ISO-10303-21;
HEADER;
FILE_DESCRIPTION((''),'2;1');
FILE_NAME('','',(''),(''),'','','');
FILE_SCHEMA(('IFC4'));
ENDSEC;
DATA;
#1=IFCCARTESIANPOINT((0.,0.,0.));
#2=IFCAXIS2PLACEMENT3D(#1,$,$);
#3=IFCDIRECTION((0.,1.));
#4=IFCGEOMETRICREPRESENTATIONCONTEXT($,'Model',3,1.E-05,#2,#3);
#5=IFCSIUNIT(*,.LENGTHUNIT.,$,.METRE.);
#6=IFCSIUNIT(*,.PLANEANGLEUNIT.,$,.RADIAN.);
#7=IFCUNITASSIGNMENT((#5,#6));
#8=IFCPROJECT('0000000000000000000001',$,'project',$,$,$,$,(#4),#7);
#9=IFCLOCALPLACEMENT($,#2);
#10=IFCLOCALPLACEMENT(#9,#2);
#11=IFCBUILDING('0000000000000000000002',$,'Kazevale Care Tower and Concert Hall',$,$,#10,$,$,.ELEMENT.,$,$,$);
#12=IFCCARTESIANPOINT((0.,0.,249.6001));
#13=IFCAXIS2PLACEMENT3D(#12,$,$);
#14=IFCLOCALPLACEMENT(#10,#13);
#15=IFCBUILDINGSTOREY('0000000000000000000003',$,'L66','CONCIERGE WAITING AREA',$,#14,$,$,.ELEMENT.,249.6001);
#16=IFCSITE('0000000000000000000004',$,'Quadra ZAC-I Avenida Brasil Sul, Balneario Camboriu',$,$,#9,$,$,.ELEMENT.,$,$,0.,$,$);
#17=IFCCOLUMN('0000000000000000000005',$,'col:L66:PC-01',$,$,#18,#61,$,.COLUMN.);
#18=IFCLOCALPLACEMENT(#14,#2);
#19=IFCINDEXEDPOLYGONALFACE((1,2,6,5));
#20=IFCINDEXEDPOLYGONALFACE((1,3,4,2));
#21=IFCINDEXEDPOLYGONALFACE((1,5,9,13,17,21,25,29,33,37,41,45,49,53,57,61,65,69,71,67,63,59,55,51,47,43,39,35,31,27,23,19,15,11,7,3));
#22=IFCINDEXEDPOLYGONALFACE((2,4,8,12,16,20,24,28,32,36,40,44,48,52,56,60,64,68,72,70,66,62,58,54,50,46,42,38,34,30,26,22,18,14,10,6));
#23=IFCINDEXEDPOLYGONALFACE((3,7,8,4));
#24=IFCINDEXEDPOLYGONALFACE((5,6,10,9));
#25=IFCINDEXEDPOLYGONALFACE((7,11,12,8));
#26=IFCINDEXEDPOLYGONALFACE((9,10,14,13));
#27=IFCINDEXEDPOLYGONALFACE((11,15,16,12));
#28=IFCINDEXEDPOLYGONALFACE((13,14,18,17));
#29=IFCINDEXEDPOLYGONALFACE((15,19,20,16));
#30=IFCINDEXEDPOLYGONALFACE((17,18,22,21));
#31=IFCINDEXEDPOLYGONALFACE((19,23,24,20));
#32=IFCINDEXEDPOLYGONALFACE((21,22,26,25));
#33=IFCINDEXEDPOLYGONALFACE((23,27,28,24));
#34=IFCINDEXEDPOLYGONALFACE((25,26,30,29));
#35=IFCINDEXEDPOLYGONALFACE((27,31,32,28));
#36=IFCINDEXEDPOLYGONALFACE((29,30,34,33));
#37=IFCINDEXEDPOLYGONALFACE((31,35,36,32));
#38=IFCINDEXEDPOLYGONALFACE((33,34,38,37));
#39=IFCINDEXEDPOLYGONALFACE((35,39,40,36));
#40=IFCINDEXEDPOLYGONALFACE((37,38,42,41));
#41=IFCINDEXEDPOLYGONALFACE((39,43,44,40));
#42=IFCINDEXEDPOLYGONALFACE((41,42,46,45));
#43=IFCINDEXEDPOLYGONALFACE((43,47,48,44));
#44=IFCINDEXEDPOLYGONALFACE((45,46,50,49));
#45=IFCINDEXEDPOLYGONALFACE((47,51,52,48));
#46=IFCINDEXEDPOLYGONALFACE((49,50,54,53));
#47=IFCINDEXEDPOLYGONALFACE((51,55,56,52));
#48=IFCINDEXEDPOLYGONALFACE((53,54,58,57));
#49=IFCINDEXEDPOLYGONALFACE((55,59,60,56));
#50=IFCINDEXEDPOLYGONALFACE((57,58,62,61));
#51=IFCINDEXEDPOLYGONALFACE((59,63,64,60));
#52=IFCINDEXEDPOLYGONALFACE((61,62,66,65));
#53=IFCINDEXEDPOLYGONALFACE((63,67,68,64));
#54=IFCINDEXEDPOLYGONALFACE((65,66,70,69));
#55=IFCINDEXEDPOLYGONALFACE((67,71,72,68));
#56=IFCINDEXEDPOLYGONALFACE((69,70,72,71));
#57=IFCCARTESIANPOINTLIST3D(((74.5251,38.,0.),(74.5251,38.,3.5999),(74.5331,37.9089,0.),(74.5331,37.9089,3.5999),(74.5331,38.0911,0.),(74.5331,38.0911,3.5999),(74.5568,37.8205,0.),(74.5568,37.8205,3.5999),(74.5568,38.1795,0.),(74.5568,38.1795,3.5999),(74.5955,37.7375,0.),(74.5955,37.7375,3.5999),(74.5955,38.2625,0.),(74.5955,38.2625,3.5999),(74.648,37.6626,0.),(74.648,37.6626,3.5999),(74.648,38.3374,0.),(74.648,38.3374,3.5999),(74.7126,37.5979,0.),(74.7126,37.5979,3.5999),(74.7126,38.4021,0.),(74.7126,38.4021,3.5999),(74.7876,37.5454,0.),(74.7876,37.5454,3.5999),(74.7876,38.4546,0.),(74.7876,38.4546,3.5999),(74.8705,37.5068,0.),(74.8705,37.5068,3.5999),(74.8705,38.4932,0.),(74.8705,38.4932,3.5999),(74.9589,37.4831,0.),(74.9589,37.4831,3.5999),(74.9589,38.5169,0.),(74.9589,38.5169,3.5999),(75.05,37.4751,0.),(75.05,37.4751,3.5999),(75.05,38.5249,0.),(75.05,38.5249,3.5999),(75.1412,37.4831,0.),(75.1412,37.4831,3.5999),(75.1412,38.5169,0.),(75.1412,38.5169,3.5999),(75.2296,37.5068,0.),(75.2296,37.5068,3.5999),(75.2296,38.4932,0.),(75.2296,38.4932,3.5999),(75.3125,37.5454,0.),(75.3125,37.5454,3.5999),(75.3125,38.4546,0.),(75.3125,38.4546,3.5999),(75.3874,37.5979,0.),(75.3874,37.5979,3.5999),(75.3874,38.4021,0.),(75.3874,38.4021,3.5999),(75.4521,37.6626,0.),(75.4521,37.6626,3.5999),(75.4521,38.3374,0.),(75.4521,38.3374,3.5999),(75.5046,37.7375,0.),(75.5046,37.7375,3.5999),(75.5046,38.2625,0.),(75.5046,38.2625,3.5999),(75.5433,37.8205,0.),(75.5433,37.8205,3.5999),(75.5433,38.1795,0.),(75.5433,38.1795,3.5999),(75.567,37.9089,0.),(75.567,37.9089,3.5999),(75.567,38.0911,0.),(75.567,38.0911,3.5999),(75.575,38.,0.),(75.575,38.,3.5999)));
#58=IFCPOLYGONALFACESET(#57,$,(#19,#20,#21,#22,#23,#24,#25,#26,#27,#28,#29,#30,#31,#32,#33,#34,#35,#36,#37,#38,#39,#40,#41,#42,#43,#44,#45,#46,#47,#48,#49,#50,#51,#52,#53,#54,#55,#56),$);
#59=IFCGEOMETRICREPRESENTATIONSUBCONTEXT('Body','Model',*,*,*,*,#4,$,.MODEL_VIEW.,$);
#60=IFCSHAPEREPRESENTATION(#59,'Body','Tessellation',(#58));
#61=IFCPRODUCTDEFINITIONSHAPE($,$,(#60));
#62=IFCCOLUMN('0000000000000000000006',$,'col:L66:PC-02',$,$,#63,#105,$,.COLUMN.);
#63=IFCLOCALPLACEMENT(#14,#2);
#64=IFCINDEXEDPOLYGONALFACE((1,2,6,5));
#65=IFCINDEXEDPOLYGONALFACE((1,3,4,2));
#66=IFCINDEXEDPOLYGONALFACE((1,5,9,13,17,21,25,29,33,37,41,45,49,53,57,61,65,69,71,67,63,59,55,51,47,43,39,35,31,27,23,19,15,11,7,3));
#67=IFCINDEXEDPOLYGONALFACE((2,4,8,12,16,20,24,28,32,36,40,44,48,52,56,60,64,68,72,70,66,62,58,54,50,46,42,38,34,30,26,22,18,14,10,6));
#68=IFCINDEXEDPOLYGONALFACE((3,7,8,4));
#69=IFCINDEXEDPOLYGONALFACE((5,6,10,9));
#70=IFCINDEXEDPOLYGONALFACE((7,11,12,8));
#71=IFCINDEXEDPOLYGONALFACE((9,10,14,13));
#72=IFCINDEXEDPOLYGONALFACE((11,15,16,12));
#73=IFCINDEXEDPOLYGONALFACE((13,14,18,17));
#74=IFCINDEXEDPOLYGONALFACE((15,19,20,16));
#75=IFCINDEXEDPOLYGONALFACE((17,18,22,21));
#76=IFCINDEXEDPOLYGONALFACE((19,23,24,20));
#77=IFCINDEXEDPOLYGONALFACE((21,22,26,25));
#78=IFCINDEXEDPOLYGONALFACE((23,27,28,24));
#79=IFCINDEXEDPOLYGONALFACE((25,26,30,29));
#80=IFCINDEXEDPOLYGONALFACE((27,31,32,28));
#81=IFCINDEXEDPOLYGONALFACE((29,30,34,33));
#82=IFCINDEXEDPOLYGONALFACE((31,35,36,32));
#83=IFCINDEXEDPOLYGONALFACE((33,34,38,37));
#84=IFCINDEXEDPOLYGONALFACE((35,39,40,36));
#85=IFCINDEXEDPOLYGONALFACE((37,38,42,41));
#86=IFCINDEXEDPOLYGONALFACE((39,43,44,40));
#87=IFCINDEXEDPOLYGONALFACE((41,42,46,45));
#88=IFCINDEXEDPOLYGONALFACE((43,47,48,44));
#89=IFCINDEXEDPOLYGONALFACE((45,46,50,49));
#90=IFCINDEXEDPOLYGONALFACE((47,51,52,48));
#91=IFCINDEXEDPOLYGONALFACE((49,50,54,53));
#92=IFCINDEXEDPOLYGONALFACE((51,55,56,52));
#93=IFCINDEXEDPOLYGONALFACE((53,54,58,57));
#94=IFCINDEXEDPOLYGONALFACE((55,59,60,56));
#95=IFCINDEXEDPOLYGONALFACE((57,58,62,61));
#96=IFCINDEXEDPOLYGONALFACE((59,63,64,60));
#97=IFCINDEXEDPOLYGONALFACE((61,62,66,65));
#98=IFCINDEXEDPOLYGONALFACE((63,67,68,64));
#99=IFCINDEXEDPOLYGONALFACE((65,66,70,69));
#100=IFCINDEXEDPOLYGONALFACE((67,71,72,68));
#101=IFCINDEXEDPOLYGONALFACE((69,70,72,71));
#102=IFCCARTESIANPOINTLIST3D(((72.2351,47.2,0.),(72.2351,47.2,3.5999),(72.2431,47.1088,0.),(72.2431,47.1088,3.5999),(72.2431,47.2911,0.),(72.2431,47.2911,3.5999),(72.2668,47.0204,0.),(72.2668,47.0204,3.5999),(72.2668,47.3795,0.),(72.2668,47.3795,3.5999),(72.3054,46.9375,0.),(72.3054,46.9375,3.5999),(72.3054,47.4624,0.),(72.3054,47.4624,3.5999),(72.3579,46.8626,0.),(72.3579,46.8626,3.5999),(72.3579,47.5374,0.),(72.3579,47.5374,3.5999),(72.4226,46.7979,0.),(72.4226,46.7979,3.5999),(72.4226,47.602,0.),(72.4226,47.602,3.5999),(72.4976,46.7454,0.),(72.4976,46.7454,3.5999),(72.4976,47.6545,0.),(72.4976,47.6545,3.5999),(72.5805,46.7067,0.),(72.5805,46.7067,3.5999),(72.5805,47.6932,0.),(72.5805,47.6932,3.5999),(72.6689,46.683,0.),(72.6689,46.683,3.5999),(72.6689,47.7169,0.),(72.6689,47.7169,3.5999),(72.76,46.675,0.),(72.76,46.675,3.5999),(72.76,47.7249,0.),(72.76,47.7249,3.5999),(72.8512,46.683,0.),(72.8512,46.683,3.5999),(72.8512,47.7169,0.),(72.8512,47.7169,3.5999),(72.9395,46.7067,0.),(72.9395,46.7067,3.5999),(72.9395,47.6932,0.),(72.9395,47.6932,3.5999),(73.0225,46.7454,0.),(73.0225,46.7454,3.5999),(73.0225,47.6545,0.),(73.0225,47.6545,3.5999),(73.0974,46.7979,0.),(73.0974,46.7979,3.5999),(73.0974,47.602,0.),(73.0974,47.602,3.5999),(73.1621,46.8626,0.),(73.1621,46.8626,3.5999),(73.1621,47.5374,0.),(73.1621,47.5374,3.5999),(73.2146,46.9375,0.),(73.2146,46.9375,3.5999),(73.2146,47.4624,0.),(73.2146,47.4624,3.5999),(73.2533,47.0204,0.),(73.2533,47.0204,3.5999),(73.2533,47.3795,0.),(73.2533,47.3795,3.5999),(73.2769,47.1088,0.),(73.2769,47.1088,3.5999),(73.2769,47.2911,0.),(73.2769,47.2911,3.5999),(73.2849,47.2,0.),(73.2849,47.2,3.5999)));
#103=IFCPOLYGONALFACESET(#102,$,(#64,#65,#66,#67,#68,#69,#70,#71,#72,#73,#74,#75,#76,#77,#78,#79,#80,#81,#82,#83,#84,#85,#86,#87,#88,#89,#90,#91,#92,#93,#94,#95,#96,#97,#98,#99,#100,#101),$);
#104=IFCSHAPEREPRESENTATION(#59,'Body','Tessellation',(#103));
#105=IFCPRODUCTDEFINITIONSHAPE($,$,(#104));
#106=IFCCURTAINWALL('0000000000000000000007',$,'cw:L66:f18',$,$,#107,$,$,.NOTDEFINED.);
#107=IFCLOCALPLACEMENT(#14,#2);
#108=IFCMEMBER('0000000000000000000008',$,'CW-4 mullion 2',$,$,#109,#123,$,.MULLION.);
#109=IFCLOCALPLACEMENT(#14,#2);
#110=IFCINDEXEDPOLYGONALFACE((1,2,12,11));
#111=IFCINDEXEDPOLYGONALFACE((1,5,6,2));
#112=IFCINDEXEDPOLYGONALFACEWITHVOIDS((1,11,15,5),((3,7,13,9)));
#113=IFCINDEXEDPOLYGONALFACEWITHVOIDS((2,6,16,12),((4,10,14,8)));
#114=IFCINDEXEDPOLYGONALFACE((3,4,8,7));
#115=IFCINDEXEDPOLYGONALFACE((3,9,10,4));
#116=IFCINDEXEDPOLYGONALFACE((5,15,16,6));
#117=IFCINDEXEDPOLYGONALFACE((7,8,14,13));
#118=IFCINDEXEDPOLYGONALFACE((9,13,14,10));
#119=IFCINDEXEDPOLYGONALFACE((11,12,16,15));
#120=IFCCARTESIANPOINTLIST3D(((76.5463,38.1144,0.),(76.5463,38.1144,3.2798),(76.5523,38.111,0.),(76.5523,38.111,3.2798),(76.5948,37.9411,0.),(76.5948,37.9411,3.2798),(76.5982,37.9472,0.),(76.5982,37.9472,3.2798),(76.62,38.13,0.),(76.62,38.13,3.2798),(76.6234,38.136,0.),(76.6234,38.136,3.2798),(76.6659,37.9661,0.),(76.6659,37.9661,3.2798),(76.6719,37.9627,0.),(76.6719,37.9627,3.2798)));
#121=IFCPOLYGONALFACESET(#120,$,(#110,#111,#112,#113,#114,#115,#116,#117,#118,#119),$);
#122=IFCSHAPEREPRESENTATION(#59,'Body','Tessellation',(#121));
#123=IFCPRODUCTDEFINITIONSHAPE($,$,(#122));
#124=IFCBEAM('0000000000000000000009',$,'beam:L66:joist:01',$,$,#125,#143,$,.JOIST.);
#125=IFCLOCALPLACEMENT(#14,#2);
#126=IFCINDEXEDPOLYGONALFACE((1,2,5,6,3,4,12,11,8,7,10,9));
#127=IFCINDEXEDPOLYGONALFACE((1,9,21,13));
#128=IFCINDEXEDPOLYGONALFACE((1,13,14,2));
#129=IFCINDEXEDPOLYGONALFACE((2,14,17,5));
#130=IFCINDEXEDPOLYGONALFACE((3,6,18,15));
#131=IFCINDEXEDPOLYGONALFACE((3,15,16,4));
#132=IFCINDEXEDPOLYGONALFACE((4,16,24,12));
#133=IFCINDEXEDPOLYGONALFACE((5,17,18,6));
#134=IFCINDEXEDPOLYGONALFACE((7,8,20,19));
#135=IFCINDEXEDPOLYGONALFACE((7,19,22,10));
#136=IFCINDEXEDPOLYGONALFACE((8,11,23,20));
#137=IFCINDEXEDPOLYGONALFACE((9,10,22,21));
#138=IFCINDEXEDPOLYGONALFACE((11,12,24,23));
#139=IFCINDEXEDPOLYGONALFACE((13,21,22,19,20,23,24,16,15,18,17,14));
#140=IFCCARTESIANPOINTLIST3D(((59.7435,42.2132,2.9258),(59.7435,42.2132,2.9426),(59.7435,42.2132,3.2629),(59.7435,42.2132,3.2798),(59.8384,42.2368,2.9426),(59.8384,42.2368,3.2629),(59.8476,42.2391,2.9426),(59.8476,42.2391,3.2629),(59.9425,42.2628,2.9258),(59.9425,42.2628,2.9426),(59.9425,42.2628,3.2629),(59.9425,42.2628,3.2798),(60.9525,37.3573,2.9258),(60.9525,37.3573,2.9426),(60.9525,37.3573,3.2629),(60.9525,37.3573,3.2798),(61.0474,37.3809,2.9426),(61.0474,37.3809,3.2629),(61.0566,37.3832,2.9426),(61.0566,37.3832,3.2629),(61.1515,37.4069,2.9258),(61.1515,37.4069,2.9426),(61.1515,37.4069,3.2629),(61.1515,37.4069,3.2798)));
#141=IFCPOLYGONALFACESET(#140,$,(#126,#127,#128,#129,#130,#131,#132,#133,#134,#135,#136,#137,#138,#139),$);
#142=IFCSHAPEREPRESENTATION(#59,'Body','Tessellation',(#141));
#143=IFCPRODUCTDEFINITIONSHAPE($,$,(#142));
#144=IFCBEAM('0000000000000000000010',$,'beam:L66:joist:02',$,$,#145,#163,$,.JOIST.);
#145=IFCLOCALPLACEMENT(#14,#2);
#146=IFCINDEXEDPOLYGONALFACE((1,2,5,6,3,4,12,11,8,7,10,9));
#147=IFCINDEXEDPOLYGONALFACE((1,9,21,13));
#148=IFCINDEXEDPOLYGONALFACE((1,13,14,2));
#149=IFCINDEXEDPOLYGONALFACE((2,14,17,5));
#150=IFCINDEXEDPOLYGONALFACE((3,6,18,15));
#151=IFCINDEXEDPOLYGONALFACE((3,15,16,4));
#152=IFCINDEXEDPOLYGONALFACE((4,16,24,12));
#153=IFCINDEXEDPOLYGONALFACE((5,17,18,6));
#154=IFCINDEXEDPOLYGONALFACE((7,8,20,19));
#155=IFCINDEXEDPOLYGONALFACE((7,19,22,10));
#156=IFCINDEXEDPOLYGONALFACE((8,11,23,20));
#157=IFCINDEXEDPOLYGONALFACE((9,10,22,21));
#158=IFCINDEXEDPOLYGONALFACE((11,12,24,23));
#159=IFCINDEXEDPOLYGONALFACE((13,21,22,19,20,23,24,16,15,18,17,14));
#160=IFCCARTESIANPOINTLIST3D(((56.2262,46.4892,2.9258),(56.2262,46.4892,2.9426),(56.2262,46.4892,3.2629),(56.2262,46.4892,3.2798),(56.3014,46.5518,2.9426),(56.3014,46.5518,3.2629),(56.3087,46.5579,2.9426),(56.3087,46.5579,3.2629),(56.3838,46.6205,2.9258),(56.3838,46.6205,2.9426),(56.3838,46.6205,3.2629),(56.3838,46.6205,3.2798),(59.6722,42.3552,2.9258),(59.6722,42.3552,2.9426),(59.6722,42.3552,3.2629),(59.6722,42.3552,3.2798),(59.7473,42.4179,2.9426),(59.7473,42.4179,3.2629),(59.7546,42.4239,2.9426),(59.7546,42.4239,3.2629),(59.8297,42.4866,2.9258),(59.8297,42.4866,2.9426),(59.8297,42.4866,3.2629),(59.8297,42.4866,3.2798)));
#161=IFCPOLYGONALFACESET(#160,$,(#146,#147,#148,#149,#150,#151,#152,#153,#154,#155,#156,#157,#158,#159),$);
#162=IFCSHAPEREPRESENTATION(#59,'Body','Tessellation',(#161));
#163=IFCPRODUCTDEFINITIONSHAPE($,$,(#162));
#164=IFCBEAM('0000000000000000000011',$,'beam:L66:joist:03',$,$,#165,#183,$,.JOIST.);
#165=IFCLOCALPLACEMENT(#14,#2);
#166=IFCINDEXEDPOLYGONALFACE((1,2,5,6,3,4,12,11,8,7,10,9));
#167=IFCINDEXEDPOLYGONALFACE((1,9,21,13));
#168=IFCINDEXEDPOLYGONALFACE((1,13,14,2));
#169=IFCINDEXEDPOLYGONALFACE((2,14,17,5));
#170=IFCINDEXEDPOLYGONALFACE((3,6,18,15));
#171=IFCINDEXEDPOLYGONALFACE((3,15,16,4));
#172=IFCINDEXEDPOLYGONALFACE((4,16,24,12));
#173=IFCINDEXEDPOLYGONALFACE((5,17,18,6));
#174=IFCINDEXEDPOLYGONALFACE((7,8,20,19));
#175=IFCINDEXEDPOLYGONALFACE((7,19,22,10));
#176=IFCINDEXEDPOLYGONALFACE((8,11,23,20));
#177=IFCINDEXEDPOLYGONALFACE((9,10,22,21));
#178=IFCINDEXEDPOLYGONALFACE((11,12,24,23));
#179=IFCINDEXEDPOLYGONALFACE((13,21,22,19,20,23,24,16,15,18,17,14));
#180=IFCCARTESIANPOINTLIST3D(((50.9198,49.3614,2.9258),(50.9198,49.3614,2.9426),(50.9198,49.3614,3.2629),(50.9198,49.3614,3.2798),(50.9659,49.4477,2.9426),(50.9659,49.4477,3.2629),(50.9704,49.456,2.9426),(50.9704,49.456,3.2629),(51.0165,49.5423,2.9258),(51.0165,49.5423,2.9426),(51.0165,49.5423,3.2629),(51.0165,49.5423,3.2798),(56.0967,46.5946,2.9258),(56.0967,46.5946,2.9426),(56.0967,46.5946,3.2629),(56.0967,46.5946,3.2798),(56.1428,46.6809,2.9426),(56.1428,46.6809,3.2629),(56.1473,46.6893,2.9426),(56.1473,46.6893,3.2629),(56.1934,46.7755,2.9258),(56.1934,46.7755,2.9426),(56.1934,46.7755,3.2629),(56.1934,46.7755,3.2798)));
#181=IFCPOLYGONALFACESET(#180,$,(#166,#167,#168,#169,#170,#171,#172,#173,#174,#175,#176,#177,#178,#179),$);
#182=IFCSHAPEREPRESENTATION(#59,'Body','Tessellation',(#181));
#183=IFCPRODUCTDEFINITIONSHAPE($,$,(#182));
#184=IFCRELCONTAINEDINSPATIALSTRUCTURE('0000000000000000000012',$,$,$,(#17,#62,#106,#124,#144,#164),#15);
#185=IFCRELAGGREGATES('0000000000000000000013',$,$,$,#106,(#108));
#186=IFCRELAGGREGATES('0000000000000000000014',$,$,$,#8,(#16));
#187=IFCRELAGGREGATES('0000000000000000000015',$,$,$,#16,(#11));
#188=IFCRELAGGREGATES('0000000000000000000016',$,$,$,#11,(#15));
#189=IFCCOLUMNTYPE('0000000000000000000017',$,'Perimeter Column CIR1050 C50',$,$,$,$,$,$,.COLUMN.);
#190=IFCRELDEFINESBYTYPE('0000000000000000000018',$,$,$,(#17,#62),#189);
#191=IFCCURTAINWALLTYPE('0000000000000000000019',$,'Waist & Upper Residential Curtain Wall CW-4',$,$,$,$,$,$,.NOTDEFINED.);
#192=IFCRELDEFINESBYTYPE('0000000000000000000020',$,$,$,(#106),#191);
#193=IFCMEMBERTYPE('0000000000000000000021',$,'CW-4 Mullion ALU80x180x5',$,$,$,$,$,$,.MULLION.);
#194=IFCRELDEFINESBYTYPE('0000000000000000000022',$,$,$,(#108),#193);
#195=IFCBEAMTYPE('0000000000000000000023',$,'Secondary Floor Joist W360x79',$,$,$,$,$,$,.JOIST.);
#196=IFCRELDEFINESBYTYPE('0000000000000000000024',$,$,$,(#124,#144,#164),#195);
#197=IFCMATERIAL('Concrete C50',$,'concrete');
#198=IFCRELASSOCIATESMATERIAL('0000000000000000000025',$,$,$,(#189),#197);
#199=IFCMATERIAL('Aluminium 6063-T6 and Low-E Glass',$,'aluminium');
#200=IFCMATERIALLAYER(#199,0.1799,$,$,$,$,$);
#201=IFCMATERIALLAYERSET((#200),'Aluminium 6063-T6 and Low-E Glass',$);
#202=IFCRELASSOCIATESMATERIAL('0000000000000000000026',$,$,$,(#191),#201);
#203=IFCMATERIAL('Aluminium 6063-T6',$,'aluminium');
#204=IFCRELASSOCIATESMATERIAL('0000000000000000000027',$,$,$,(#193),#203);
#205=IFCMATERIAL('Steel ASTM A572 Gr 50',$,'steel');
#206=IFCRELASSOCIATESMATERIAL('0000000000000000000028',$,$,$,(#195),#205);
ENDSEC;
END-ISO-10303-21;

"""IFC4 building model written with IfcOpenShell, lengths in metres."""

from ifc_helpers import new_model, si_unit, direction, frame, origin, origin_2d, place, context, subcontext, project, spatial, hollow_rectangle, circle, i_section, extrude, material, layer, layer_set, material_profile, profile_set, type_object, element, aggregate, save


model = new_model("IFC4")

# Units and contexts
model_context = context("Model", 3, precision=1e-05, world=origin(), true_north=direction((0.0, 1.0)))
body_context = subcontext(model_context, "Body", "Model", "MODEL_VIEW")
ifc_project = project(units=[si_unit("LENGTHUNIT", "METRE"), si_unit("PLANEANGLEUNIT", "RADIAN")], contexts=[model_context])

# Site, building, storey
site_placement = place(None, origin())
site = spatial("IfcSite", under=ifc_project, at=site_placement, Name="Quadra ZAC-I Avenida Brasil Sul, Balneario Camboriu", CompositionType="ELEMENT", RefElevation=0.0)
building_placement = place(site_placement, origin())
building = spatial("IfcBuilding", under=site, at=building_placement, Name="Kazevale Care Tower and Concert Hall", CompositionType="ELEMENT")
storey_placement = place(building_placement, frame((0.0, 0.0, 249.6001)))
storey = spatial("IfcBuildingStorey", under=building, at=storey_placement, Name="L66", Description="CONCIERGE WAITING AREA", CompositionType="ELEMENT", Elevation=249.6001)

# Columns
ifc_material_1 = material(Name="Concrete C50", Category="concrete")
ifc_material_profile_1 = material_profile(ifc_material_1, circle(Radius=0.5249, at=origin_2d()), Name="RC-CIR1050")
ifc_profile_set_1 = profile_set([ifc_material_profile_1], Name="Concrete C50")
column_type = type_object("IfcColumnType", Name="Perimeter Column CIR1050 C50", PredefinedType="COLUMN", material=ifc_profile_set_1)
for number, where, z_axis, x_axis, name in (
    (1, (75.05, 38.0, 0.0), (0.0, 0.0, 1.0), (1.0, 0.0, 0.0), "col:L66:PC-01"),
    (2, (72.76, 47.2, 0.0), (0.0, 0.0, 1.0), (1.0, 0.0, 0.0), "col:L66:PC-02"),
):
    element("IfcColumn", number, at=place(storey_placement, frame(where, z_axis=z_axis, x_axis=x_axis)), inside=storey, type_object=column_type, Name=name, PredefinedType="COLUMN", context=body_context, shape_type="SweptSolid", body=[
        extrude(circle(Radius=0.5249, at=origin_2d()), origin(), (0.0, 0.0, 1.0), 3.5999),
    ])

# Curtain wall, member
ifc_material_2 = material(Name="Aluminium 6063-T6 and Low-E Glass", Category="aluminium")
ifc_layer_1 = layer(ifc_material_2, 0.1799)
ifc_layer_set_1 = layer_set([ifc_layer_1], Name="Aluminium 6063-T6 and Low-E Glass")
curtain_wall_type = type_object("IfcCurtainWallType", Name="Waist & Upper Residential Curtain Wall CW-4", PredefinedType="NOTDEFINED", material=ifc_layer_set_1)
curtain_wall_placement = place(storey_placement, origin())
curtain_wall = element("IfcCurtainWall", 3, at=curtain_wall_placement, inside=storey, type_object=curtain_wall_type, Name="cw:L66:f18", PredefinedType="NOTDEFINED")
ifc_material_3 = material(Name="Aluminium 6063-T6", Category="aluminium")
ifc_material_profile_2 = material_profile(ifc_material_3, hollow_rectangle(XDim=0.0801, YDim=0.1799, WallThickness=0.0049, at=origin_2d()), Name="ALU80x180x5")
ifc_profile_set_2 = profile_set([ifc_material_profile_2], Name="Aluminium 6063-T6")
member_type = type_object("IfcMemberType", Name="CW-4 Mullion ALU80x180x5", PredefinedType="MULLION", material=ifc_profile_set_2)
member_placement = place(storey_placement, frame((76.6091, 38.0386, 0.0), z_axis=(0.0, 0.0, 1.0), x_axis=(0.962972, 0.269601, 0.0)))
member = element("IfcMember", 4, at=member_placement, type_object=member_type, Name="CW-4 mullion 2", PredefinedType="MULLION", context=body_context, shape_type="SweptSolid", body=[
    extrude(hollow_rectangle(XDim=0.0801, YDim=0.1799, WallThickness=0.0049, at=origin_2d()), origin(), (0.0, 0.0, 1.0), 3.2798),
])

# Beams
ifc_material_4 = material(Name="Steel ASTM A572 Gr 50", Category="steel")
ifc_material_profile_3 = material_profile(ifc_material_4, i_section(OverallWidth=0.2051, OverallDepth=0.354, WebThickness=0.0095, FlangeThickness=0.0168, at=origin_2d()), Name="W360x79")
ifc_profile_set_3 = profile_set([ifc_material_profile_3], Name="Steel ASTM A572 Gr 50")
beam_type_1 = type_object("IfcBeamType", Name="Secondary Floor Joist W360x79", PredefinedType="JOIST", material=ifc_profile_set_3)
beam_1_placement = place(storey_placement, frame((61.052, 37.3821, 3.1028), z_axis=(-0.241594, 0.970377, 0.0), x_axis=(-0.970377, -0.241594, 0.0)))
element("IfcBeam", 5, at=beam_1_placement, inside=storey, type_object=beam_type_1, Name="beam:L66:joist:01", PredefinedType="JOIST", context=body_context, shape_type="SweptSolid", body=[
    extrude(i_section(OverallWidth=0.2051, OverallDepth=0.354, WebThickness=0.0095, FlangeThickness=0.0168, at=origin_2d()), origin(), (0.0, 0.0, 1.0), 5.0042),
])
beam_2_placement = place(storey_placement, frame((59.751, 42.4209, 3.1028), z_axis=(-0.640296, 0.768128, 0.0), x_axis=(-0.768128, -0.640296, 0.0)))
element("IfcBeam", 6, at=beam_2_placement, inside=storey, type_object=beam_type_1, Name="beam:L66:joist:02", PredefinedType="JOIST", context=body_context, shape_type="SweptSolid", body=[
    extrude(i_section(OverallWidth=0.2051, OverallDepth=0.354, WebThickness=0.0095, FlangeThickness=0.0168, at=origin_2d()), origin(), (0.0, 0.0, 1.0), 5.3818),
])
beam_3_placement = place(storey_placement, frame((56.145, 46.6851, 3.1028), z_axis=(-0.881944, 0.471354, 0.0), x_axis=(-0.471354, -0.881944, 0.0)))
element("IfcBeam", 7, at=beam_3_placement, inside=storey, type_object=beam_type_1, Name="beam:L66:joist:03", PredefinedType="JOIST", context=body_context, shape_type="SweptSolid", body=[
    extrude(i_section(OverallWidth=0.2051, OverallDepth=0.354, WebThickness=0.0095, FlangeThickness=0.0168, at=origin_2d()), origin(), (0.0, 0.0, 1.0), 5.8699),
])

aggregate(curtain_wall, [member])

save(model, "model.ifc")
